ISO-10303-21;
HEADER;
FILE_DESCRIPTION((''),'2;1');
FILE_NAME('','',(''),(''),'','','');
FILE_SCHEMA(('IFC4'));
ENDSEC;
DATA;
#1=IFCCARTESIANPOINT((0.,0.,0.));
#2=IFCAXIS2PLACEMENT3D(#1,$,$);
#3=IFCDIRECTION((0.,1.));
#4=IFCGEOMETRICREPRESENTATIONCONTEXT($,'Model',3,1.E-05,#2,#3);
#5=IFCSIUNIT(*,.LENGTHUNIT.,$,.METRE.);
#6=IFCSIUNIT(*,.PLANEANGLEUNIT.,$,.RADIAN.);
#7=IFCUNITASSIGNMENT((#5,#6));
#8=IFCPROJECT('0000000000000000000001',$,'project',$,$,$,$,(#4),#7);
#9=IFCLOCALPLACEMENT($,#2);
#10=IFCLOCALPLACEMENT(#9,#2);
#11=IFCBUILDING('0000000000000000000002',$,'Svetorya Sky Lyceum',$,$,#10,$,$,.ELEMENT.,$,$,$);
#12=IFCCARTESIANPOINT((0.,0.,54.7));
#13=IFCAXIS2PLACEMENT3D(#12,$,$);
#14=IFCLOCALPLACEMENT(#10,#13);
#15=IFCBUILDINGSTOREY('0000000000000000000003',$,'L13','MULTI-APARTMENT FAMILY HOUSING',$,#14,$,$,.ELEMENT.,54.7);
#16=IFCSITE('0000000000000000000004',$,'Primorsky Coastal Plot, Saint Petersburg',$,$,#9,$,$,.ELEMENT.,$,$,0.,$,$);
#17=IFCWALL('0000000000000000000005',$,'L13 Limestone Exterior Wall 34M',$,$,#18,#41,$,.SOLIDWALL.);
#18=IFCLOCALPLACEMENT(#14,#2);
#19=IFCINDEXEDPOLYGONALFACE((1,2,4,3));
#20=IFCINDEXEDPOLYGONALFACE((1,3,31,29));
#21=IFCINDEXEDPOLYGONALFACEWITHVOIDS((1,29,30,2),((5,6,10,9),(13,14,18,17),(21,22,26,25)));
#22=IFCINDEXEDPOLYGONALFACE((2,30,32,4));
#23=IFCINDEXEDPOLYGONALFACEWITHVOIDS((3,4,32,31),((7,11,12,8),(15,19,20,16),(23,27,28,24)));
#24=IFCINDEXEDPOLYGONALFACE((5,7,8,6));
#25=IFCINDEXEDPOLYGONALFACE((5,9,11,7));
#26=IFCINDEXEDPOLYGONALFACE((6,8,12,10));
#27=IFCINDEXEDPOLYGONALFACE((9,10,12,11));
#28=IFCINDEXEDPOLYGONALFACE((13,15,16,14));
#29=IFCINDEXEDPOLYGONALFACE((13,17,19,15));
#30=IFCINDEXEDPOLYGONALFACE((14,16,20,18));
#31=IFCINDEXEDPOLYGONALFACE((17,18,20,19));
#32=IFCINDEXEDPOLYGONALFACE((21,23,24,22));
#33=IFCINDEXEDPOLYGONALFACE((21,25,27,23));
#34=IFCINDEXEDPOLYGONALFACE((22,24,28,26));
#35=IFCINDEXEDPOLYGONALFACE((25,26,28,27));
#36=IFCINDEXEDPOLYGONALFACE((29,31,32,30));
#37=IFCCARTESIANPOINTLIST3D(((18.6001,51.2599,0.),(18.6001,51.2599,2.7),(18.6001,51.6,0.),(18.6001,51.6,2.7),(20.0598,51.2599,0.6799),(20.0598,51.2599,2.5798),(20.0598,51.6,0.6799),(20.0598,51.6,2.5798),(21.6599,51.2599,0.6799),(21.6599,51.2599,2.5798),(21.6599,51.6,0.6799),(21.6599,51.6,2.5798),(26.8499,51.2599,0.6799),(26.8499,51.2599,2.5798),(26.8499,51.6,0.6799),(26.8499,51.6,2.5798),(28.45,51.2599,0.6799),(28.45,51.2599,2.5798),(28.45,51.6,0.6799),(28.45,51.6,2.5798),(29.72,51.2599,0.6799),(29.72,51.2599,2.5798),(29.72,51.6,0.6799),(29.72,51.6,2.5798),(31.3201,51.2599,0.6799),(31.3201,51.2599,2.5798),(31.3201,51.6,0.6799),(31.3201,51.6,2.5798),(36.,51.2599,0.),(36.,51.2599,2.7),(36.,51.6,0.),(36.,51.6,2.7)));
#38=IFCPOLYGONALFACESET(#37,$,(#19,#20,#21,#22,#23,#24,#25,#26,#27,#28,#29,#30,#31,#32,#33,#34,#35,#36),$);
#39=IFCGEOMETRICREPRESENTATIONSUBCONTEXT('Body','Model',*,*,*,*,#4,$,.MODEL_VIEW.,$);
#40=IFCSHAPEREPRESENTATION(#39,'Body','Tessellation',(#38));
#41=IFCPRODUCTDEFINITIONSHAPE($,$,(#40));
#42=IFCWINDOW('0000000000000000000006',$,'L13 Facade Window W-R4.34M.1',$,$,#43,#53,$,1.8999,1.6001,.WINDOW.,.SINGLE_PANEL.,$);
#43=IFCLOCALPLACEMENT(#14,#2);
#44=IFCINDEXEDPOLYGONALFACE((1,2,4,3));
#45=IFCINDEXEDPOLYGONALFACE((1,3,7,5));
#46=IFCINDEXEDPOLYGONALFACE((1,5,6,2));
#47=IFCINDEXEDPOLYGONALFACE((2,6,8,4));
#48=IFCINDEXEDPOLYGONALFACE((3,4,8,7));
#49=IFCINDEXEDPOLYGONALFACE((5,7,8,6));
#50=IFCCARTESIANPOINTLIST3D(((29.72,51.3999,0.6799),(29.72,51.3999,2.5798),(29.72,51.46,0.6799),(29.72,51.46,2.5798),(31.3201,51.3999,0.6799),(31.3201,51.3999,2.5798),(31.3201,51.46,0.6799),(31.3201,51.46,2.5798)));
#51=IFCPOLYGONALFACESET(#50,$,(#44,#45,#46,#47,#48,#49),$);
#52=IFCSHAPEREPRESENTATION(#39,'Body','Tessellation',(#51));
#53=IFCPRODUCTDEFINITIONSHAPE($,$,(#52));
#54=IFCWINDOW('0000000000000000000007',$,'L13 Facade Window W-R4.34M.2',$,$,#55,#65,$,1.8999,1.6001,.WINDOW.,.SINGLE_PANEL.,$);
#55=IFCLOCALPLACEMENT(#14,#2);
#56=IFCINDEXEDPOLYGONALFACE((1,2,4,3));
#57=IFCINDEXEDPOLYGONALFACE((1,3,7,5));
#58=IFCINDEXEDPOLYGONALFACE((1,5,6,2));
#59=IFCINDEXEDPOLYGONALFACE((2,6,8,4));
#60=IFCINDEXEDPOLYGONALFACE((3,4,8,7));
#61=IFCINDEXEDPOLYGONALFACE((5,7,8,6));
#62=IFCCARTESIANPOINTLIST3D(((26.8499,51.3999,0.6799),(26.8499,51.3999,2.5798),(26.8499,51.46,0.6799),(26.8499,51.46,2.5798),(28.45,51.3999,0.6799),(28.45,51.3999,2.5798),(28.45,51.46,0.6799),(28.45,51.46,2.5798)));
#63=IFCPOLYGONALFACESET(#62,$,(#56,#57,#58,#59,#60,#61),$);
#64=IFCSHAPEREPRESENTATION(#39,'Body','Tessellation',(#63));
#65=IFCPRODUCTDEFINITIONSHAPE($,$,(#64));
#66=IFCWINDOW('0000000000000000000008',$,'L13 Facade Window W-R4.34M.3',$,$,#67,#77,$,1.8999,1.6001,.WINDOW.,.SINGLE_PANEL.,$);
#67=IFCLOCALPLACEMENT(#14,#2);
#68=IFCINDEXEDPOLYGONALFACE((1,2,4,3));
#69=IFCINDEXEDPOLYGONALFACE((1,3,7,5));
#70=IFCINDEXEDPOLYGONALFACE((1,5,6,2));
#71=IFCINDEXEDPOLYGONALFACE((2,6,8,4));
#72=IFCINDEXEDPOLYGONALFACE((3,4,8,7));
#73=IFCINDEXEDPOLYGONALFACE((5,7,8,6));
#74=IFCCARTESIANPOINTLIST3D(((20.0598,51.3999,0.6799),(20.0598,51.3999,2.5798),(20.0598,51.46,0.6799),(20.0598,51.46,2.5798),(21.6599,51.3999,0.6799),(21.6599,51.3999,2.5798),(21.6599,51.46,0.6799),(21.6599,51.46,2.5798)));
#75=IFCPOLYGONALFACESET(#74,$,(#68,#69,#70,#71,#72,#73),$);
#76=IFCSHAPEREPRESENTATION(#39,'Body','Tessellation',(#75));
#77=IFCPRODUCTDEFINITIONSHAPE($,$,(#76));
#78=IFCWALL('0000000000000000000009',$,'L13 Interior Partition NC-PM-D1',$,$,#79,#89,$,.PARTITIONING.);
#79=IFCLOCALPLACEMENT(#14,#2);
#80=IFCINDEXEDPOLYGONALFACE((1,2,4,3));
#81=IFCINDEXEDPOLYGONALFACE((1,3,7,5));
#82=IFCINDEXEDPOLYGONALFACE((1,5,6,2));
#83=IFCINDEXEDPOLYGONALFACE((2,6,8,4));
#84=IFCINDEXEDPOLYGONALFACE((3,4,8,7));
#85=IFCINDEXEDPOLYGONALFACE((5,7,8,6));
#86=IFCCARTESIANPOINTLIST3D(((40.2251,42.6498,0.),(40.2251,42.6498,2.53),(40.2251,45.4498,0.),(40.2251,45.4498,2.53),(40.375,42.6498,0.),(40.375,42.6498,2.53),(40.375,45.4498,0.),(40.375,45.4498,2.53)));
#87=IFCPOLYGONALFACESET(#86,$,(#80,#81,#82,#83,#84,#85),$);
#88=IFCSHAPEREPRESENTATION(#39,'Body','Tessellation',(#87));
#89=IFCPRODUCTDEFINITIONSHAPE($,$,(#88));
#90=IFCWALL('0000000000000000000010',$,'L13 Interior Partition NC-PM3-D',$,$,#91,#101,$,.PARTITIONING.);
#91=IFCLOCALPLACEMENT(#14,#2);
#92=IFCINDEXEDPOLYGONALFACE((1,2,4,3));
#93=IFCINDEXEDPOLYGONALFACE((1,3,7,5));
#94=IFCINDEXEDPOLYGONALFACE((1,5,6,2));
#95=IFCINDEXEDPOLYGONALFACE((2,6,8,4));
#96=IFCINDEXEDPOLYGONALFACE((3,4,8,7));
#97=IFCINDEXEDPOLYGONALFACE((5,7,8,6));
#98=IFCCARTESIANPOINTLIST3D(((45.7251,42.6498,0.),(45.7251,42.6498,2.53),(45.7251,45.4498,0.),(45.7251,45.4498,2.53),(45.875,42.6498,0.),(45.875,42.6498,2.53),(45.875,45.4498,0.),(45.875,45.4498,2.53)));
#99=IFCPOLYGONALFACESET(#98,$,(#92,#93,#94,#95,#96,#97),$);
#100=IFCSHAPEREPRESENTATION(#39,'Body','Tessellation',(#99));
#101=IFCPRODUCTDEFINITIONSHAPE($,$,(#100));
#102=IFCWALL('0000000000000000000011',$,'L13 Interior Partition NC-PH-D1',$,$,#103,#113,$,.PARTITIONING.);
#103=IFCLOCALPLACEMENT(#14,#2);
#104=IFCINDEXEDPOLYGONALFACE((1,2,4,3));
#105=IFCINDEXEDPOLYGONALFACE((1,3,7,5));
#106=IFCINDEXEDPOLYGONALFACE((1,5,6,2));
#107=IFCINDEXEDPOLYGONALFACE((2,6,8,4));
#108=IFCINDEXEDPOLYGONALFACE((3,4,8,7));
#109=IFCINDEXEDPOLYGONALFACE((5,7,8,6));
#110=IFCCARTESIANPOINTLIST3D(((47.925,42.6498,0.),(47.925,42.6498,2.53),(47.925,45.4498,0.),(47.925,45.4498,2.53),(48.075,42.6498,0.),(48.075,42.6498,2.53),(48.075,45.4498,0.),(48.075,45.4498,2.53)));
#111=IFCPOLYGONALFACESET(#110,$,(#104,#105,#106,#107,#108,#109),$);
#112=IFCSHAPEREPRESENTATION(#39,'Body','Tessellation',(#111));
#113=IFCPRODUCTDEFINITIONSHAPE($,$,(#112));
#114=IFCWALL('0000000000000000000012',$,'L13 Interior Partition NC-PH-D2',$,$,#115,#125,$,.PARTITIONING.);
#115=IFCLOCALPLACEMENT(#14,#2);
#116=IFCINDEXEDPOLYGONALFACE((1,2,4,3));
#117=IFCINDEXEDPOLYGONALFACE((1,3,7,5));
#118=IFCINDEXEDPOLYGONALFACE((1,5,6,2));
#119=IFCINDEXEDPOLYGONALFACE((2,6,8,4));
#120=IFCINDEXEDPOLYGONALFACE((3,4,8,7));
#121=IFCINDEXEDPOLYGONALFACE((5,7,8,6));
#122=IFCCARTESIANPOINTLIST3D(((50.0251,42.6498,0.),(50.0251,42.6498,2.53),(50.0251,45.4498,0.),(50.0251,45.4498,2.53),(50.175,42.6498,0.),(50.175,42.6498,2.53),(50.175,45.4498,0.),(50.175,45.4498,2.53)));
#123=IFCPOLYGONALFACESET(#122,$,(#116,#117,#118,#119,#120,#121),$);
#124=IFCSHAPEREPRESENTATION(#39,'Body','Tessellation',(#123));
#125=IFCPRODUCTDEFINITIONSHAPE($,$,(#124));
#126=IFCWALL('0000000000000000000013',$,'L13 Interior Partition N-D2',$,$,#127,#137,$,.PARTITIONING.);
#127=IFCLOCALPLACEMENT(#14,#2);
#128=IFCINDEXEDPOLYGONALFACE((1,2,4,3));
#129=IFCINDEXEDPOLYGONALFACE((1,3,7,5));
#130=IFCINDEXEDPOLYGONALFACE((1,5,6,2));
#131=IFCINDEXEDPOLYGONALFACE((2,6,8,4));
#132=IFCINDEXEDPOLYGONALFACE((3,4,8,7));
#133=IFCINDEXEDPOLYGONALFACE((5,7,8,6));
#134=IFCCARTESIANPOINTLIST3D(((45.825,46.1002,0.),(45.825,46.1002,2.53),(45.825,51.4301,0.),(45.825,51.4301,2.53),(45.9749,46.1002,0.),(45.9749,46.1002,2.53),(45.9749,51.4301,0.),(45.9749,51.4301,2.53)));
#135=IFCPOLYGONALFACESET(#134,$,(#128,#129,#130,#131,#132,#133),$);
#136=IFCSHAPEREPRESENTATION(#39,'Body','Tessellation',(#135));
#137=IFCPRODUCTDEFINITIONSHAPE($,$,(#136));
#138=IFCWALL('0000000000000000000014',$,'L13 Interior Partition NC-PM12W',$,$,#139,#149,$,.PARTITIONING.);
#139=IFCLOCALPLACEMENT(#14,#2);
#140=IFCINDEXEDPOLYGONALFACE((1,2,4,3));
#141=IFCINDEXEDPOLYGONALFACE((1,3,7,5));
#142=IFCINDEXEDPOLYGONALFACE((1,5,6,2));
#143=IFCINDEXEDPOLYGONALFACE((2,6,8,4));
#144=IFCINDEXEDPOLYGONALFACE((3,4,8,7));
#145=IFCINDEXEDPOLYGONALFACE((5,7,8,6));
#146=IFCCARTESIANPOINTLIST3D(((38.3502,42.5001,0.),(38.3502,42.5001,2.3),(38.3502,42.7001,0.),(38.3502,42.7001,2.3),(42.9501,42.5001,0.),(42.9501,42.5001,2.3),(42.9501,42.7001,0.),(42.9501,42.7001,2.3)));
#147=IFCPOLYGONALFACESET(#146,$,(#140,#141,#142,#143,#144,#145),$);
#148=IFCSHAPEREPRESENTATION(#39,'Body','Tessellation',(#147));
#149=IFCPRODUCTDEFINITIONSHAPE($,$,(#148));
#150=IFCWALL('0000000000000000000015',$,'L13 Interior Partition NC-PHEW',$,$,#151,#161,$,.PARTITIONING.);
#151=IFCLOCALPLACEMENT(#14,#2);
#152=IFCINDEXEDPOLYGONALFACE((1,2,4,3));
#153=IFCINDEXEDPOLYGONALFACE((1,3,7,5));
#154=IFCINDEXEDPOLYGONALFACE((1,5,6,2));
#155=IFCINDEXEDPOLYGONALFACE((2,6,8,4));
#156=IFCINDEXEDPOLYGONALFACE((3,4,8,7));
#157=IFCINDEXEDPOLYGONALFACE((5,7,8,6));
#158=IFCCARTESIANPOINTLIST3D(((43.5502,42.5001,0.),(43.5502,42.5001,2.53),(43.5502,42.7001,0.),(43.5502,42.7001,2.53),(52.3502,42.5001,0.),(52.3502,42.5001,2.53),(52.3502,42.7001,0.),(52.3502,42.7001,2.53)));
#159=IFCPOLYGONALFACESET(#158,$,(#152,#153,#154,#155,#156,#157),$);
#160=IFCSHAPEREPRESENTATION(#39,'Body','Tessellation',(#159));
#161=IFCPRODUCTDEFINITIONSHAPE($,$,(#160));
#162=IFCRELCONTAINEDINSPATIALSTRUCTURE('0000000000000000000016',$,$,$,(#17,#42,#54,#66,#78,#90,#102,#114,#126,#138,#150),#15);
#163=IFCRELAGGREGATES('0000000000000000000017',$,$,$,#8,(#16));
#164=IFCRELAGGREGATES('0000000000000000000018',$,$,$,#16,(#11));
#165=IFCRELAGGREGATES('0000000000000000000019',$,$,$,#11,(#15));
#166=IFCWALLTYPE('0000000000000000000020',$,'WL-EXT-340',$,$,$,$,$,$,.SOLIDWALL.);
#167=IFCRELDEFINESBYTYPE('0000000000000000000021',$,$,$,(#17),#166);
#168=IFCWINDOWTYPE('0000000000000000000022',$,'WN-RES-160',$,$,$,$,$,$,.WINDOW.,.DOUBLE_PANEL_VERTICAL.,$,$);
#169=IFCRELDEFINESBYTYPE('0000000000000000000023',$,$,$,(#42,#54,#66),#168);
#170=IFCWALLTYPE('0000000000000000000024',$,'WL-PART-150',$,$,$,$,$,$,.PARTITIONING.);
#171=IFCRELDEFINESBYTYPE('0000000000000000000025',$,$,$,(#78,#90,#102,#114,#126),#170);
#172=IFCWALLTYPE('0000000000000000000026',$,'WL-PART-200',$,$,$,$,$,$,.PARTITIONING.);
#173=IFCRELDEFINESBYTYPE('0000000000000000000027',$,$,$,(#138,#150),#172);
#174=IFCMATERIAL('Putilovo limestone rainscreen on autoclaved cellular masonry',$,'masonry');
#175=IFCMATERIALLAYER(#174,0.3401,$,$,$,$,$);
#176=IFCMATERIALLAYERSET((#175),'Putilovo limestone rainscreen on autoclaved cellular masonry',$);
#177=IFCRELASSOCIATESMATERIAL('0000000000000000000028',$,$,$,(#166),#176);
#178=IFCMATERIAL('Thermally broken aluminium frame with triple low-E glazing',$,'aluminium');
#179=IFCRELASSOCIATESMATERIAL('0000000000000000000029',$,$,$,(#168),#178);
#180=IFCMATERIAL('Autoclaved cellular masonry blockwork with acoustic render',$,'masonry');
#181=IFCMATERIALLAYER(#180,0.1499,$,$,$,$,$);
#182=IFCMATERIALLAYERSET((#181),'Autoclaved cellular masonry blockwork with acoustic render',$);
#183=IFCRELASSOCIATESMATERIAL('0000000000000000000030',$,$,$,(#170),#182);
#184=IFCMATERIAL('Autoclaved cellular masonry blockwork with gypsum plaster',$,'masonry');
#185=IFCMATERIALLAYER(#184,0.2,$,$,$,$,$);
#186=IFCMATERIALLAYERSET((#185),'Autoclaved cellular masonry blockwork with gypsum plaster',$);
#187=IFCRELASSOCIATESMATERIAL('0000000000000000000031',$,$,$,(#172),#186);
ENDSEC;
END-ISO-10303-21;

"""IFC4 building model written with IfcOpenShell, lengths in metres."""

from ifc_helpers import new_model, si_unit, direction, frame, frame_2d, origin, place, context, subcontext, project, spatial, rectangle, extrude, material, layer, layer_set, type_object, element, fill, save


model = new_model("IFC4")

# Units and contexts
model_context = context("Model", 3, precision=1e-05, world=origin(), true_north=direction((0.0, 1.0)))
body_context = subcontext(model_context, "Body", "Model", "MODEL_VIEW")
ifc_project = project(units=[si_unit("LENGTHUNIT", "METRE"), si_unit("PLANEANGLEUNIT", "RADIAN")], contexts=[model_context])

# Site, building, storey
site_placement = place(None, origin())
site = spatial("IfcSite", under=ifc_project, at=site_placement, Name="Primorsky Coastal Plot, Saint Petersburg", CompositionType="ELEMENT", RefElevation=0.0)
building_placement = place(site_placement, origin())
building = spatial("IfcBuilding", under=site, at=building_placement, Name="Svetorya Sky Lyceum", CompositionType="ELEMENT")
storey_placement = place(building_placement, frame((0.0, 0.0, 54.7)))
storey = spatial("IfcBuildingStorey", under=building, at=storey_placement, Name="L13", Description="MULTI-APARTMENT FAMILY HOUSING", CompositionType="ELEMENT", Elevation=54.7)

# Shared definitions
ifc_material_1 = material(Name="Putilovo limestone rainscreen on autoclaved cellular masonry", Category="masonry")
ifc_layer_1 = layer(ifc_material_1, 0.3401)
ifc_layer_set_1 = layer_set([ifc_layer_1], Name="Putilovo limestone rainscreen on autoclaved cellular masonry")
wall_type_1 = type_object("IfcWallType", Name="WL-EXT-340", PredefinedType="SOLIDWALL", material=ifc_layer_set_1)

# Wall, openings, windows
wall_1_placement = place(storey_placement, frame((36.0, 51.4299, 0.0), z_axis=(0.0, 0.0, 1.0), x_axis=(-1.0, 0.0, 0.0)))
wall_1 = element("IfcWall", 1, at=wall_1_placement, inside=storey, type_object=wall_type_1, Name="L13 Limestone Exterior Wall 34M", PredefinedType="SOLIDWALL", context=body_context, shape_type="SweptSolid", body=[
    extrude(rectangle(XDim=17.3999, YDim=0.3401, at=frame_2d((8.7, 0.0))), origin(), (0.0, 0.0, 1.0), 2.7),
])
opening_1_placement = place(wall_1_placement, frame((4.6799, 0.0, 0.6799)))
opening_1 = element("IfcOpeningElement", 2, at=opening_1_placement, cuts=wall_1, PredefinedType="OPENING", context=body_context, shape_type="SweptSolid", body=[
    extrude(rectangle(XDim=1.6001, YDim=1.8999, at=frame_2d((0.8, 0.95))), frame((0.0, 0.1799, 0.0), z_axis=(0.0, -1.0, 0.0), x_axis=(1.0, 0.0, 0.0)), (0.0, 0.0, 1.0), 0.3601),
])
opening_2_placement = place(wall_1_placement, frame((7.55, 0.0, 0.6799)))
opening_2 = element("IfcOpeningElement", 3, at=opening_2_placement, cuts=wall_1, PredefinedType="OPENING", context=body_context, shape_type="SweptSolid", body=[
    extrude(rectangle(XDim=1.6001, YDim=1.8999, at=frame_2d((0.8, 0.95))), frame((0.0, 0.1799, 0.0), z_axis=(0.0, -1.0, 0.0), x_axis=(1.0, 0.0, 0.0)), (0.0, 0.0, 1.0), 0.3601),
])
opening_3_placement = place(wall_1_placement, frame((14.3401, 0.0, 0.6799)))
opening_3 = element("IfcOpeningElement", 4, at=opening_3_placement, cuts=wall_1, PredefinedType="OPENING", context=body_context, shape_type="SweptSolid", body=[
    extrude(rectangle(XDim=1.6001, YDim=1.8999, at=frame_2d((0.8, 0.95))), frame((0.0, 0.1799, 0.0), z_axis=(0.0, -1.0, 0.0), x_axis=(1.0, 0.0, 0.0)), (0.0, 0.0, 1.0), 0.3601),
])
ifc_material_2 = material(Name="Thermally broken aluminium frame with triple low-E glazing", Category="aluminium")
window_type = type_object("IfcWindowType", Name="WN-RES-160", PartitioningType="DOUBLE_PANEL_VERTICAL", PredefinedType="WINDOW", material=ifc_material_2)
window_1_placement = place(opening_1_placement, origin())
window_1 = element("IfcWindow", 5, at=window_1_placement, inside=storey, type_object=window_type, Name="L13 Facade Window W-R4.34M.1", OverallHeight=1.8999, OverallWidth=1.6001, PartitioningType="SINGLE_PANEL", PredefinedType="WINDOW", context=body_context, shape_type="SweptSolid", body=[
    extrude(rectangle(XDim=1.6001, YDim=1.8999, at=frame_2d((0.8, 0.95))), frame((0.0, 0.03, 0.0), z_axis=(0.0, -1.0, 0.0), x_axis=(1.0, 0.0, 0.0)), (0.0, 0.0, 1.0), 0.0601),
])
fill(opening_1, window_1)
window_2_placement = place(opening_2_placement, origin())
window_2 = element("IfcWindow", 6, at=window_2_placement, inside=storey, type_object=window_type, Name="L13 Facade Window W-R4.34M.2", OverallHeight=1.8999, OverallWidth=1.6001, PartitioningType="SINGLE_PANEL", PredefinedType="WINDOW", context=body_context, shape_type="SweptSolid", body=[
    extrude(rectangle(XDim=1.6001, YDim=1.8999, at=frame_2d((0.8, 0.95))), frame((0.0, 0.03, 0.0), z_axis=(0.0, -1.0, 0.0), x_axis=(1.0, 0.0, 0.0)), (0.0, 0.0, 1.0), 0.0601),
])
fill(opening_2, window_2)
window_3_placement = place(opening_3_placement, origin())
window_3 = element("IfcWindow", 7, at=window_3_placement, inside=storey, type_object=window_type, Name="L13 Facade Window W-R4.34M.3", OverallHeight=1.8999, OverallWidth=1.6001, PartitioningType="SINGLE_PANEL", PredefinedType="WINDOW", context=body_context, shape_type="SweptSolid", body=[
    extrude(rectangle(XDim=1.6001, YDim=1.8999, at=frame_2d((0.8, 0.95))), frame((0.0, 0.03, 0.0), z_axis=(0.0, -1.0, 0.0), x_axis=(1.0, 0.0, 0.0)), (0.0, 0.0, 1.0), 0.0601),
])
fill(opening_3, window_3)

# Walls
ifc_material_3 = material(Name="Autoclaved cellular masonry blockwork with acoustic render", Category="masonry")
ifc_layer_2 = layer(ifc_material_3, 0.1499)
ifc_layer_set_2 = layer_set([ifc_layer_2], Name="Autoclaved cellular masonry blockwork with acoustic render")
wall_type_2 = type_object("IfcWallType", Name="WL-PART-150", PredefinedType="PARTITIONING", material=ifc_layer_set_2)
for number, where, z_axis, x_axis, name in (
    (8, (40.3, 42.6499, 0.0), (0.0, 0.0, 1.0), (0.0, 1.0, 0.0), "L13 Interior Partition NC-PM-D1"),
    (9, (45.8, 42.6499, 0.0), (0.0, 0.0, 1.0), (0.0, 1.0, 0.0), "L13 Interior Partition NC-PM3-D"),
    (10, (48.0, 42.6499, 0.0), (0.0, 0.0, 1.0), (0.0, 1.0, 0.0), "L13 Interior Partition NC-PH-D1"),
    (11, (50.1001, 42.6499, 0.0), (0.0, 0.0, 1.0), (0.0, 1.0, 0.0), "L13 Interior Partition NC-PH-D2"),
):
    element("IfcWall", number, at=place(storey_placement, frame(where, z_axis=z_axis, x_axis=x_axis)), inside=storey, type_object=wall_type_2, Name=name, PredefinedType="PARTITIONING", context=body_context, shape_type="SweptSolid", body=[
        extrude(rectangle(XDim=2.8, YDim=0.1499, at=frame_2d((1.3999, 0.0))), origin(), (0.0, 0.0, 1.0), 2.53),
    ])
wall_2_placement = place(storey_placement, frame((45.8999, 46.1001, 0.0), z_axis=(0.0, 0.0, 1.0), x_axis=(0.0, 1.0, 0.0)))
element("IfcWall", 12, at=wall_2_placement, inside=storey, type_object=wall_type_2, Name="L13 Interior Partition N-D2", PredefinedType="PARTITIONING", context=body_context, shape_type="SweptSolid", body=[
    extrude(rectangle(XDim=5.3298, YDim=0.1499, at=frame_2d((2.665, 0.0))), origin(), (0.0, 0.0, 1.0), 2.53),
])
ifc_material_4 = material(Name="Autoclaved cellular masonry blockwork with gypsum plaster", Category="masonry")
ifc_layer_3 = layer(ifc_material_4, 0.2)
ifc_layer_set_3 = layer_set([ifc_layer_3], Name="Autoclaved cellular masonry blockwork with gypsum plaster")
wall_type_3 = type_object("IfcWallType", Name="WL-PART-200", PredefinedType="PARTITIONING", material=ifc_layer_set_3)
wall_3_placement = place(storey_placement, frame((42.95, 42.6001, 0.0), z_axis=(0.0, 0.0, 1.0), x_axis=(-1.0, 0.0, 0.0)))
element("IfcWall", 13, at=wall_3_placement, inside=storey, type_object=wall_type_3, Name="L13 Interior Partition NC-PM12W", PredefinedType="PARTITIONING", context=body_context, shape_type="SweptSolid", body=[
    extrude(rectangle(XDim=4.5999, YDim=0.2, at=frame_2d((2.2998, 0.0))), origin(), (0.0, 0.0, 1.0), 2.3),
])
wall_4_placement = place(storey_placement, frame((52.3501, 42.6001, 0.0), z_axis=(0.0, 0.0, 1.0), x_axis=(-1.0, 0.0, 0.0)))
element("IfcWall", 14, at=wall_4_placement, inside=storey, type_object=wall_type_3, Name="L13 Interior Partition NC-PHEW", PredefinedType="PARTITIONING", context=body_context, shape_type="SweptSolid", body=[
    extrude(rectangle(XDim=8.8, YDim=0.2, at=frame_2d((4.3999, 0.0))), origin(), (0.0, 0.0, 1.0), 2.53),
])

save(model, "model.ifc")
